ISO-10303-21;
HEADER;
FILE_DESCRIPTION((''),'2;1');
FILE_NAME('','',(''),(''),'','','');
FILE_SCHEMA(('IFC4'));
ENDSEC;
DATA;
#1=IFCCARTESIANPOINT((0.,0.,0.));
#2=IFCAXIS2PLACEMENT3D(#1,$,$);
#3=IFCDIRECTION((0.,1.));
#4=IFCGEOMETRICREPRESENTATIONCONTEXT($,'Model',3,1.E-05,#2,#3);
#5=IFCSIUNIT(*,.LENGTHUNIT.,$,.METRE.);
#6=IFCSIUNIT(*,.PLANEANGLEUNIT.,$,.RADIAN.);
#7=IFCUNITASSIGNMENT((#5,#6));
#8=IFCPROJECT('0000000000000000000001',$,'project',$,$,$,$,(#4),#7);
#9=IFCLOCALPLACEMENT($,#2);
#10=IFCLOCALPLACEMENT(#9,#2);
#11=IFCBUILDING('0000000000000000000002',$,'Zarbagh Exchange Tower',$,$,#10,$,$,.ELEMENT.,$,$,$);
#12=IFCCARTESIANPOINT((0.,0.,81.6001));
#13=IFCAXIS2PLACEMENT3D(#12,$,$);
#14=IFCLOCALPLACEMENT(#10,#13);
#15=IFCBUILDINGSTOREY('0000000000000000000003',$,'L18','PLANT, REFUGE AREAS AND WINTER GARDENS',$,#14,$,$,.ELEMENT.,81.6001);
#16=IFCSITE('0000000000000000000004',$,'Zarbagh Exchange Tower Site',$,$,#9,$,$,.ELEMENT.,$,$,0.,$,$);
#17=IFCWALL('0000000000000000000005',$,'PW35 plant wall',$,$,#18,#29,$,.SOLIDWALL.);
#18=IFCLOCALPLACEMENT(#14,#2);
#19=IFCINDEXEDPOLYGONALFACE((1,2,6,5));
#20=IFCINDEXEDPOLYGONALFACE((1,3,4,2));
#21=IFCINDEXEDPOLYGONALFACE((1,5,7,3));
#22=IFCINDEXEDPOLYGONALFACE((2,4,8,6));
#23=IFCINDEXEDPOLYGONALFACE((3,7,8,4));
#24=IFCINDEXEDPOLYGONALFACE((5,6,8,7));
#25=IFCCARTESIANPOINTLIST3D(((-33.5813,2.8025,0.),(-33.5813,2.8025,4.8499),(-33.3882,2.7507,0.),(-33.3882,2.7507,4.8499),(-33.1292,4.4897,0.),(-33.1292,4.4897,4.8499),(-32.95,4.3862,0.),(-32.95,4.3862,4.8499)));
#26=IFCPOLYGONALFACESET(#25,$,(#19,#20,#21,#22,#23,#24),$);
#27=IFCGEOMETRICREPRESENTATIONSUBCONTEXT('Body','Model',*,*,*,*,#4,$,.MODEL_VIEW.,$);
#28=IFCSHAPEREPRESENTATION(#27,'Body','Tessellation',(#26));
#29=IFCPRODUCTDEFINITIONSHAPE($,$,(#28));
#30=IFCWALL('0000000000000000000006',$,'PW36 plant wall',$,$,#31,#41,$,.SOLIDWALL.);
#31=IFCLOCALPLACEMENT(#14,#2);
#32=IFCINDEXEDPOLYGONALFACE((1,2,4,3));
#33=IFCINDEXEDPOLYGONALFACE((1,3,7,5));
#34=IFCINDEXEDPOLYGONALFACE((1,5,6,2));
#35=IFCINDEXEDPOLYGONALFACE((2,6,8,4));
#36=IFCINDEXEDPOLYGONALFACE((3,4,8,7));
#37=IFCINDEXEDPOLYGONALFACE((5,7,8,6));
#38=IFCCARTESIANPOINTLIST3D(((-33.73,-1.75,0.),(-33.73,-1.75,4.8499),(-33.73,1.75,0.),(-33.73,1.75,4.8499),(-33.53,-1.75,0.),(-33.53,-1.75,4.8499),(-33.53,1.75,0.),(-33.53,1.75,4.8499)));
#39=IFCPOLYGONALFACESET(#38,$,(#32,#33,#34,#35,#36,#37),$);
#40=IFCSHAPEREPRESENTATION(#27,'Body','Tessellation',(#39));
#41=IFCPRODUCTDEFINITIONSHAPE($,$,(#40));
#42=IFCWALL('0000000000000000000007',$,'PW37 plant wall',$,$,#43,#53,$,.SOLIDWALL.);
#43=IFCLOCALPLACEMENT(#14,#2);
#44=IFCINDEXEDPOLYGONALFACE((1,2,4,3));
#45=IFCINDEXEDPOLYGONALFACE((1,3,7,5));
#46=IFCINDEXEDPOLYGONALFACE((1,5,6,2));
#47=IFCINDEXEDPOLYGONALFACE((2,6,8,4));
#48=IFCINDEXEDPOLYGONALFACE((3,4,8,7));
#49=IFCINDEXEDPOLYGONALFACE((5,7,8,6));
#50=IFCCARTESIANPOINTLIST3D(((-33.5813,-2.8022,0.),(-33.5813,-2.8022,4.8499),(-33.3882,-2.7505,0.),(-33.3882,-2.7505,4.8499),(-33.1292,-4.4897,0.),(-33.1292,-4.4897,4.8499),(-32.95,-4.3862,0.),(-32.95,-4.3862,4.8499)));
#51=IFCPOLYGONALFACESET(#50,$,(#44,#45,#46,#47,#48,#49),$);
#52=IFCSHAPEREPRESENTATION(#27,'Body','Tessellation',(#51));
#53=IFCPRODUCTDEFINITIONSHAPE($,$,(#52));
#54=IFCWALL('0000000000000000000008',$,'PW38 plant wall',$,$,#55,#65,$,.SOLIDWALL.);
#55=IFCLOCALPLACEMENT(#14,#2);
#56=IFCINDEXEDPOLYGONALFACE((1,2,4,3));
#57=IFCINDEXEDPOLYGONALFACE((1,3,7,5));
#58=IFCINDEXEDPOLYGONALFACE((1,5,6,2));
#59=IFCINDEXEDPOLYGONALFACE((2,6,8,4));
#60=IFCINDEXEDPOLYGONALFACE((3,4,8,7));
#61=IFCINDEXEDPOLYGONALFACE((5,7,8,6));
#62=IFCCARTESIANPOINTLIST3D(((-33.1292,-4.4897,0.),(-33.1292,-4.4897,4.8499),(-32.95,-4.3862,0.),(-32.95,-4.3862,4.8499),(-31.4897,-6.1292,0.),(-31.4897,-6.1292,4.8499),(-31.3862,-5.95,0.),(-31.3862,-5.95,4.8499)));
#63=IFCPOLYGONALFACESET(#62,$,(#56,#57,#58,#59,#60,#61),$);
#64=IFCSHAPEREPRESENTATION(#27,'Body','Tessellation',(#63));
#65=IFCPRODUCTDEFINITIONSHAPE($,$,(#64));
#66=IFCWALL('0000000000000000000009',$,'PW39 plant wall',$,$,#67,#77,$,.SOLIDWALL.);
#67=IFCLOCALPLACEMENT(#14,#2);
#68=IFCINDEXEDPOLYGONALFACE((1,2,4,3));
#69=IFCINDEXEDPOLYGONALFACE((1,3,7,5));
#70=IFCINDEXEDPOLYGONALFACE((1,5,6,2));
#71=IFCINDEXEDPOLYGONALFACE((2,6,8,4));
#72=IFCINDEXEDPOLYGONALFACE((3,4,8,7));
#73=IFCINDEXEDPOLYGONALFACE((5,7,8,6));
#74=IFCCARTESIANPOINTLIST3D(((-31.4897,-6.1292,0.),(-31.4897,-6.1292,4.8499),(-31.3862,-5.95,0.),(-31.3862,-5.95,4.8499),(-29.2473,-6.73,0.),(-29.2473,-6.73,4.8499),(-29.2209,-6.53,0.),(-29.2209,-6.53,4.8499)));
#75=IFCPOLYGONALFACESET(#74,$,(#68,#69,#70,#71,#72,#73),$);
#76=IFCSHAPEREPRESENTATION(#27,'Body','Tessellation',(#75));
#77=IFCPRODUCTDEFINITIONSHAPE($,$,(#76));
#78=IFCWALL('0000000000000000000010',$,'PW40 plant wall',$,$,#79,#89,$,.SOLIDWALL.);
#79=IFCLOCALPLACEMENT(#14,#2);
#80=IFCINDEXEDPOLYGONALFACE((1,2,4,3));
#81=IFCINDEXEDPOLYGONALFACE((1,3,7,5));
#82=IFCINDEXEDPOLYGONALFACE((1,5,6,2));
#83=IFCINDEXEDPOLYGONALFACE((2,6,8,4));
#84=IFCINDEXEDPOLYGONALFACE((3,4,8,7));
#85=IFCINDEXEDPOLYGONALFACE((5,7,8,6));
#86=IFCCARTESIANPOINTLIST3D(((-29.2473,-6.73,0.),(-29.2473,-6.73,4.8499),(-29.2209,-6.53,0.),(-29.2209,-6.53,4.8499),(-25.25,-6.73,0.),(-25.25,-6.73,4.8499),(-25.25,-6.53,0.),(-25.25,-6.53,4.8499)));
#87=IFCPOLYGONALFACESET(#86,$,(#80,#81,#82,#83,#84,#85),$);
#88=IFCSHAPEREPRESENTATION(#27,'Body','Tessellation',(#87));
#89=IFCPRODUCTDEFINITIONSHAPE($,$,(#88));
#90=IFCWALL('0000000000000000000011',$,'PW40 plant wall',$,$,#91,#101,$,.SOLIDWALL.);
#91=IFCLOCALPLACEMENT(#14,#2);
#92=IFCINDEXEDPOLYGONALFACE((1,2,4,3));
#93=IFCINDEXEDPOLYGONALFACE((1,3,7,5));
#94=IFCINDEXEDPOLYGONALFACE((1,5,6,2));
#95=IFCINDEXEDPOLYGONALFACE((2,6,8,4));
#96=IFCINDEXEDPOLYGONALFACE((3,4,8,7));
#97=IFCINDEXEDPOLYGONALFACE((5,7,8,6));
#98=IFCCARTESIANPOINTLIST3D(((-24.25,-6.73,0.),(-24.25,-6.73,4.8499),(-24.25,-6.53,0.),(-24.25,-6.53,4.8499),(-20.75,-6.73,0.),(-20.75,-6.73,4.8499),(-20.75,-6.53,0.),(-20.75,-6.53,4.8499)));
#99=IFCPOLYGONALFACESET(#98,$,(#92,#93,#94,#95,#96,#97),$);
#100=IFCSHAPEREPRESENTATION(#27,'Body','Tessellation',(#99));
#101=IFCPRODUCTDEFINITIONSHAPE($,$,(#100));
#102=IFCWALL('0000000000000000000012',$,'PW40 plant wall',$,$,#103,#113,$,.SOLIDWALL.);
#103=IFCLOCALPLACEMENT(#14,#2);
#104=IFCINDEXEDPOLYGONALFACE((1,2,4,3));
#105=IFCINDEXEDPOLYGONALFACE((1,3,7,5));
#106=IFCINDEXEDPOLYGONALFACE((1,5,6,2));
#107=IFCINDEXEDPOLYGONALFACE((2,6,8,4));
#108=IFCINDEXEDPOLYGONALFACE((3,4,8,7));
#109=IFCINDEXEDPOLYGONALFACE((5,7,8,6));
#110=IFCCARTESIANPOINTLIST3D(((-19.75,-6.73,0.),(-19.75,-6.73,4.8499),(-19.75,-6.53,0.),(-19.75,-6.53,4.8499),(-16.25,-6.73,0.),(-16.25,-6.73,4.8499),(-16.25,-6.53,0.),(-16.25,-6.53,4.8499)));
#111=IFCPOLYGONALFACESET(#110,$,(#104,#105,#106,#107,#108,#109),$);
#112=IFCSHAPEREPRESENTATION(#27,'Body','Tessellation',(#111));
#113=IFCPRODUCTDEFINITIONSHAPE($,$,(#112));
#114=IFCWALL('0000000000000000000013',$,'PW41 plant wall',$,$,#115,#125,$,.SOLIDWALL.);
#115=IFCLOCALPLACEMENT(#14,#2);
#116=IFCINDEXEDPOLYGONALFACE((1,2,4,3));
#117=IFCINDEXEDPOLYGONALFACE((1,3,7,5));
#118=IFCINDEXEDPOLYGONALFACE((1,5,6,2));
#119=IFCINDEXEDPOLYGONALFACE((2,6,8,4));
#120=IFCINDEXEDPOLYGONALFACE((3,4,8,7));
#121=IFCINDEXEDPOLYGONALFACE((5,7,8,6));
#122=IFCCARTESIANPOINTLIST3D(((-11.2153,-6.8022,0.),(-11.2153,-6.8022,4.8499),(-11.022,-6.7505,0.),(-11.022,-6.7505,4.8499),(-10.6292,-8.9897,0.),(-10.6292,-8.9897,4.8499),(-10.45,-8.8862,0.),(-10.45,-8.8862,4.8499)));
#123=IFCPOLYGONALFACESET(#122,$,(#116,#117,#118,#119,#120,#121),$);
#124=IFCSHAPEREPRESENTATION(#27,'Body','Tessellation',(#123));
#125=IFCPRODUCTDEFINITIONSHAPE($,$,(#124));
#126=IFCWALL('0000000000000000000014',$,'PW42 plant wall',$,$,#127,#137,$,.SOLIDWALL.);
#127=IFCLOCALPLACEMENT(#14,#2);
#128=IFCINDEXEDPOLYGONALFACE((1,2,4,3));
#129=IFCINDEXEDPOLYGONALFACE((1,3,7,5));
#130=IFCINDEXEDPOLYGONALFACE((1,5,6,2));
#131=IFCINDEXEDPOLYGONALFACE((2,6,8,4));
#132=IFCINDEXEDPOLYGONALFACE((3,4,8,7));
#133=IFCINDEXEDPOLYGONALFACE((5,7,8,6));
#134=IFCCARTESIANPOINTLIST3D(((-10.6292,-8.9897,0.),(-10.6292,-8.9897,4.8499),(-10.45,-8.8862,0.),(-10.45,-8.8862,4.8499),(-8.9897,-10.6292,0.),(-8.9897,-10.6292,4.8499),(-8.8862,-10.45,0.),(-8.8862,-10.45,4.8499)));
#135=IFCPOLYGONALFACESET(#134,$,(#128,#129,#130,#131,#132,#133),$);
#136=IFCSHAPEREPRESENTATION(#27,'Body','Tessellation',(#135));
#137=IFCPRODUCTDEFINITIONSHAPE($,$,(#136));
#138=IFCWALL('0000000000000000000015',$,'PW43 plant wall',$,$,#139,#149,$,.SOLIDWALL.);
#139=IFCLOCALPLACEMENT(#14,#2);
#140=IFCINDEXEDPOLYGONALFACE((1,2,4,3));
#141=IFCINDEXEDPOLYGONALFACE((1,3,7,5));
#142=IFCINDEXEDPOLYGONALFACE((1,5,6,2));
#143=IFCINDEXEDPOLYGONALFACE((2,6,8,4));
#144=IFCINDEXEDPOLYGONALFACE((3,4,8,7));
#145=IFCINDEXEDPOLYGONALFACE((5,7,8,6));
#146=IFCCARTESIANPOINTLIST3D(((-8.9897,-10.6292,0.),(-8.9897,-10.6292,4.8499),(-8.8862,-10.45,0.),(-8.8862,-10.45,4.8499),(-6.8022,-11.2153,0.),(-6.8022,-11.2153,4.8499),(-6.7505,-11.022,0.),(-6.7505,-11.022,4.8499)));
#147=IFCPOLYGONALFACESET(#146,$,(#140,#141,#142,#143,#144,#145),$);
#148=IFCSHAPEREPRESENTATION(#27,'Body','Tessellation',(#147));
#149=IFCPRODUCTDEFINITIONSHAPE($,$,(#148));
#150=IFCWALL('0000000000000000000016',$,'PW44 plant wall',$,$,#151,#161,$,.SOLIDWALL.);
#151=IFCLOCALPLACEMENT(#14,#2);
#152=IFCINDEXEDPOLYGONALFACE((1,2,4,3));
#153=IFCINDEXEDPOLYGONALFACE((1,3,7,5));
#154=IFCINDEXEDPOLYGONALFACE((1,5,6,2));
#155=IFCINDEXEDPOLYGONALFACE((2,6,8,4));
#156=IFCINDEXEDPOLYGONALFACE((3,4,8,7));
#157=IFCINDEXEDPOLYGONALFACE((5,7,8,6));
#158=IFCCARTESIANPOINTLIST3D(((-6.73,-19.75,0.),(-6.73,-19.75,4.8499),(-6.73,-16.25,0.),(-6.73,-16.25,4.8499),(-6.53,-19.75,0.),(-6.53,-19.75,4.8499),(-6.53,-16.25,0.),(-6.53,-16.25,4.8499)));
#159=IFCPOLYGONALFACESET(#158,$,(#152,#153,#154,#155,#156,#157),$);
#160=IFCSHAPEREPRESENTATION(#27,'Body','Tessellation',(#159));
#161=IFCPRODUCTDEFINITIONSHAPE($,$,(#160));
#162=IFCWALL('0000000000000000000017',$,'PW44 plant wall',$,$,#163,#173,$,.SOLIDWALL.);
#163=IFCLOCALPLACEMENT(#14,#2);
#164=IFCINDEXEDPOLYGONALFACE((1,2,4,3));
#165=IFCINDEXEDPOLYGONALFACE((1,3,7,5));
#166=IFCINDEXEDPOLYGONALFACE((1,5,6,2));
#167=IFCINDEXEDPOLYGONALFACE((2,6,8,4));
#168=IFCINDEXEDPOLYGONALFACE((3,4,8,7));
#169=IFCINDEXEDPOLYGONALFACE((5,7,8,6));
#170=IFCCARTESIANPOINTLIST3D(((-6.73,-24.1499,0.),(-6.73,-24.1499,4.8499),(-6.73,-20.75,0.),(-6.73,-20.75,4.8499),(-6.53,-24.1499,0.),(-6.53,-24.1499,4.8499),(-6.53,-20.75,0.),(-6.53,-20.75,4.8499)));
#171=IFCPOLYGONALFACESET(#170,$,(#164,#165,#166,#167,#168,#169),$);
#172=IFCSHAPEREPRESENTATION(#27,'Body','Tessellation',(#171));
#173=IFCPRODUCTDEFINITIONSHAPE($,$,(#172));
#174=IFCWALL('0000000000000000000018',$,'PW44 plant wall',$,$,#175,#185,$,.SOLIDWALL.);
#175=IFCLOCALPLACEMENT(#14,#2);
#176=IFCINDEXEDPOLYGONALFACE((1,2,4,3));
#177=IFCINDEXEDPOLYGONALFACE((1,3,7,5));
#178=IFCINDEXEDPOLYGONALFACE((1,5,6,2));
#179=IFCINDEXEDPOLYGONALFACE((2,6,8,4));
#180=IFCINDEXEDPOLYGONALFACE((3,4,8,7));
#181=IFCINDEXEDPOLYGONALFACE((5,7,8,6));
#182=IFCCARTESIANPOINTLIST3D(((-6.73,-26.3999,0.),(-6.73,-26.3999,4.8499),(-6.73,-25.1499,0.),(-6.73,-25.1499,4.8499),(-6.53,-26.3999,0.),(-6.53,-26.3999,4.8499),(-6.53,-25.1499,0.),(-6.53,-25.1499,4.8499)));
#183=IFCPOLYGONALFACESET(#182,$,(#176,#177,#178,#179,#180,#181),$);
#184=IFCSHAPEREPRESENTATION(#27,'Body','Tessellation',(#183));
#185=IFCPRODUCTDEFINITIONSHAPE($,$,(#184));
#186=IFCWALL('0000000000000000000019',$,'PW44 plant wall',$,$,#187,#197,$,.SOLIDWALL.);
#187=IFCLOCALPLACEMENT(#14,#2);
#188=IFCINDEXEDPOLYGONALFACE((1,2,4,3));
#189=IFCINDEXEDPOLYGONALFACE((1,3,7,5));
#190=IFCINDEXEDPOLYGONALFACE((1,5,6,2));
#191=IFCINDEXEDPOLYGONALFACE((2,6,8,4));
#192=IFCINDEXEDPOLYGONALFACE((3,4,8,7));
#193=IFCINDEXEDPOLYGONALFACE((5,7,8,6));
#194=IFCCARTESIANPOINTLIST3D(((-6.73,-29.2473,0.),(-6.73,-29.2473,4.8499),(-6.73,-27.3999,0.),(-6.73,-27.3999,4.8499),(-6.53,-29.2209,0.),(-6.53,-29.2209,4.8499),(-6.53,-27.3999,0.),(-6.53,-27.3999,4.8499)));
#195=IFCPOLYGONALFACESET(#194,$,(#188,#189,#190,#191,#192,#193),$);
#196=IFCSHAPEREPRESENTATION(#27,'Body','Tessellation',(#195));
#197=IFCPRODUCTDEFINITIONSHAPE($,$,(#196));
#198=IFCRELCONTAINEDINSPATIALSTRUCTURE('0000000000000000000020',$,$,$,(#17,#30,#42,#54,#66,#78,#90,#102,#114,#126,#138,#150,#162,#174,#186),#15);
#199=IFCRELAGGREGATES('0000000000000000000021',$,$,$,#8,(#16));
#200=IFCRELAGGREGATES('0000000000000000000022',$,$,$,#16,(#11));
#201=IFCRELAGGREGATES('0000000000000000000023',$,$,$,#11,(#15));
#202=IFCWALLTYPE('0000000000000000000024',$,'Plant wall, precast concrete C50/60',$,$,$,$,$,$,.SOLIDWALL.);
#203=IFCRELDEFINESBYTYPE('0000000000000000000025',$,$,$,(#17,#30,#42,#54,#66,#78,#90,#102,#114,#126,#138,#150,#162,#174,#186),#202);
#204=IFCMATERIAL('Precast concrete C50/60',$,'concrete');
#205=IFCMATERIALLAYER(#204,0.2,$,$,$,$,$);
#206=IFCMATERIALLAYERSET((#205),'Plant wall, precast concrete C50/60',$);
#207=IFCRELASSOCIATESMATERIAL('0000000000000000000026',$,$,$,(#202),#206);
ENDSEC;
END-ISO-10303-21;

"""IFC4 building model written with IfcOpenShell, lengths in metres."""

from ifc_helpers import new_model, si_unit, direction, frame, origin, place, context, subcontext, project, spatial, polyline, outline, extrude, material, layer, layer_set, type_object, element, save


model = new_model("IFC4")

# Units and contexts
model_context = context("Model", 3, precision=1e-05, world=origin(), true_north=direction((0.0, 1.0)))
body_context = subcontext(model_context, "Body", "Model", "MODEL_VIEW")
ifc_project = project(units=[si_unit("LENGTHUNIT", "METRE"), si_unit("PLANEANGLEUNIT", "RADIAN")], contexts=[model_context])

# Site, building, storey
site_placement = place(None, origin())
site = spatial("IfcSite", under=ifc_project, at=site_placement, Name="Zarbagh Exchange Tower Site", CompositionType="ELEMENT", RefElevation=0.0)
building_placement = place(site_placement, origin())
building = spatial("IfcBuilding", under=site, at=building_placement, Name="Zarbagh Exchange Tower", CompositionType="ELEMENT")
storey_placement = place(building_placement, frame((0.0, 0.0, 81.6001)))
storey = spatial("IfcBuildingStorey", under=building, at=storey_placement, Name="L18", Description="PLANT, REFUGE AREAS AND WINTER GARDENS", CompositionType="ELEMENT", Elevation=81.6001)

# Walls
ifc_material_1 = material(Name="Precast concrete C50/60", Category="concrete")
ifc_layer_1 = layer(ifc_material_1, 0.2)
ifc_layer_set_1 = layer_set([ifc_layer_1], Name="Plant wall, precast concrete C50/60")
wall_type = type_object("IfcWallType", Name="Plant wall, precast concrete C50/60", PredefinedType="SOLIDWALL", material=ifc_layer_set_1)
wall_1_placement = place(storey_placement, origin())
element("IfcWall", 1, at=wall_1_placement, inside=storey, type_object=wall_type, Name="PW35 plant wall", PredefinedType="SOLIDWALL", context=body_context, shape_type="SweptSolid", body=[
    extrude(outline(polyline([(-33.1292, 4.4897), (-33.5813, 2.8025), (-33.3882, 2.7507), (-32.95, 4.3862), (-33.1292, 4.4897)])), origin(), (0.0, 0.0, 1.0), 4.8499),
])
wall_2_placement = place(storey_placement, origin())
element("IfcWall", 2, at=wall_2_placement, inside=storey, type_object=wall_type, Name="PW36 plant wall", PredefinedType="SOLIDWALL", context=body_context, shape_type="SweptSolid", body=[
    extrude(outline(polyline([(-33.73, 1.75), (-33.73, -1.75), (-33.53, -1.75), (-33.53, 1.75), (-33.73, 1.75)])), origin(), (0.0, 0.0, 1.0), 4.8499),
])
wall_3_placement = place(storey_placement, origin())
element("IfcWall", 3, at=wall_3_placement, inside=storey, type_object=wall_type, Name="PW37 plant wall", PredefinedType="SOLIDWALL", context=body_context, shape_type="SweptSolid", body=[
    extrude(outline(polyline([(-33.5813, -2.8022), (-33.1292, -4.4897), (-32.95, -4.3862), (-33.3882, -2.7505), (-33.5813, -2.8022)])), origin(), (0.0, 0.0, 1.0), 4.8499),
])
wall_4_placement = place(storey_placement, origin())
element("IfcWall", 4, at=wall_4_placement, inside=storey, type_object=wall_type, Name="PW38 plant wall", PredefinedType="SOLIDWALL", context=body_context, shape_type="SweptSolid", body=[
    extrude(outline(polyline([(-33.1292, -4.4897), (-31.4897, -6.1292), (-31.3862, -5.95), (-32.95, -4.3862), (-33.1292, -4.4897)])), origin(), (0.0, 0.0, 1.0), 4.8499),
])
wall_5_placement = place(storey_placement, origin())
element("IfcWall", 5, at=wall_5_placement, inside=storey, type_object=wall_type, Name="PW39 plant wall", PredefinedType="SOLIDWALL", context=body_context, shape_type="SweptSolid", body=[
    extrude(outline(polyline([(-31.4897, -6.1292), (-29.2473, -6.73), (-29.2209, -6.53), (-31.3862, -5.95), (-31.4897, -6.1292)])), origin(), (0.0, 0.0, 1.0), 4.8499),
])
wall_6_placement = place(storey_placement, origin())
element("IfcWall", 6, at=wall_6_placement, inside=storey, type_object=wall_type, Name="PW40 plant wall", PredefinedType="SOLIDWALL", context=body_context, shape_type="SweptSolid", body=[
    extrude(outline(polyline([(-29.2473, -6.73), (-25.25, -6.73), (-25.25, -6.53), (-29.2209, -6.53), (-29.2473, -6.73)])), origin(), (0.0, 0.0, 1.0), 4.8499),
])
wall_7_placement = place(storey_placement, origin())
element("IfcWall", 7, at=wall_7_placement, inside=storey, type_object=wall_type, Name="PW40 plant wall", PredefinedType="SOLIDWALL", context=body_context, shape_type="SweptSolid", body=[
    extrude(outline(polyline([(-24.25, -6.73), (-20.75, -6.73), (-20.75, -6.53), (-24.25, -6.53), (-24.25, -6.73)])), origin(), (0.0, 0.0, 1.0), 4.8499),
])
wall_8_placement = place(storey_placement, origin())
element("IfcWall", 8, at=wall_8_placement, inside=storey, type_object=wall_type, Name="PW40 plant wall", PredefinedType="SOLIDWALL", context=body_context, shape_type="SweptSolid", body=[
    extrude(outline(polyline([(-19.75, -6.73), (-16.25, -6.73), (-16.25, -6.53), (-19.75, -6.53), (-19.75, -6.73)])), origin(), (0.0, 0.0, 1.0), 4.8499),
])
wall_9_placement = place(storey_placement, origin())
element("IfcWall", 9, at=wall_9_placement, inside=storey, type_object=wall_type, Name="PW41 plant wall", PredefinedType="SOLIDWALL", context=body_context, shape_type="SweptSolid", body=[
    extrude(outline(polyline([(-11.2153, -6.8022), (-10.6292, -8.9897), (-10.45, -8.8862), (-11.022, -6.7505), (-11.2153, -6.8022)])), origin(), (0.0, 0.0, 1.0), 4.8499),
])
wall_10_placement = place(storey_placement, origin())
element("IfcWall", 10, at=wall_10_placement, inside=storey, type_object=wall_type, Name="PW42 plant wall", PredefinedType="SOLIDWALL", context=body_context, shape_type="SweptSolid", body=[
    extrude(outline(polyline([(-10.6292, -8.9897), (-8.9897, -10.6292), (-8.8862, -10.45), (-10.45, -8.8862), (-10.6292, -8.9897)])), origin(), (0.0, 0.0, 1.0), 4.8499),
])
wall_11_placement = place(storey_placement, origin())
element("IfcWall", 11, at=wall_11_placement, inside=storey, type_object=wall_type, Name="PW43 plant wall", PredefinedType="SOLIDWALL", context=body_context, shape_type="SweptSolid", body=[
    extrude(outline(polyline([(-8.9897, -10.6292), (-6.8022, -11.2153), (-6.7505, -11.022), (-8.8862, -10.45), (-8.9897, -10.6292)])), origin(), (0.0, 0.0, 1.0), 4.8499),
])
wall_12_placement = place(storey_placement, origin())
element("IfcWall", 12, at=wall_12_placement, inside=storey, type_object=wall_type, Name="PW44 plant wall", PredefinedType="SOLIDWALL", context=body_context, shape_type="SweptSolid", body=[
    extrude(outline(polyline([(-6.73, -16.25), (-6.73, -19.75), (-6.53, -19.75), (-6.53, -16.25), (-6.73, -16.25)])), origin(), (0.0, 0.0, 1.0), 4.8499),
])
wall_13_placement = place(storey_placement, origin())
element("IfcWall", 13, at=wall_13_placement, inside=storey, type_object=wall_type, Name="PW44 plant wall", PredefinedType="SOLIDWALL", context=body_context, shape_type="SweptSolid", body=[
    extrude(outline(polyline([(-6.73, -20.75), (-6.73, -24.1499), (-6.53, -24.1499), (-6.53, -20.75), (-6.73, -20.75)])), origin(), (0.0, 0.0, 1.0), 4.8499),
])
wall_14_placement = place(storey_placement, origin())
element("IfcWall", 14, at=wall_14_placement, inside=storey, type_object=wall_type, Name="PW44 plant wall", PredefinedType="SOLIDWALL", context=body_context, shape_type="SweptSolid", body=[
    extrude(outline(polyline([(-6.73, -25.1499), (-6.73, -26.3999), (-6.53, -26.3999), (-6.53, -25.1499), (-6.73, -25.1499)])), origin(), (0.0, 0.0, 1.0), 4.8499),
])
wall_15_placement = place(storey_placement, origin())
element("IfcWall", 15, at=wall_15_placement, inside=storey, type_object=wall_type, Name="PW44 plant wall", PredefinedType="SOLIDWALL", context=body_context, shape_type="SweptSolid", body=[
    extrude(outline(polyline([(-6.73, -27.3999), (-6.73, -29.2473), (-6.53, -29.2209), (-6.53, -27.3999), (-6.73, -27.3999)])), origin(), (0.0, 0.0, 1.0), 4.8499),
])

save(model, "model.ifc")
